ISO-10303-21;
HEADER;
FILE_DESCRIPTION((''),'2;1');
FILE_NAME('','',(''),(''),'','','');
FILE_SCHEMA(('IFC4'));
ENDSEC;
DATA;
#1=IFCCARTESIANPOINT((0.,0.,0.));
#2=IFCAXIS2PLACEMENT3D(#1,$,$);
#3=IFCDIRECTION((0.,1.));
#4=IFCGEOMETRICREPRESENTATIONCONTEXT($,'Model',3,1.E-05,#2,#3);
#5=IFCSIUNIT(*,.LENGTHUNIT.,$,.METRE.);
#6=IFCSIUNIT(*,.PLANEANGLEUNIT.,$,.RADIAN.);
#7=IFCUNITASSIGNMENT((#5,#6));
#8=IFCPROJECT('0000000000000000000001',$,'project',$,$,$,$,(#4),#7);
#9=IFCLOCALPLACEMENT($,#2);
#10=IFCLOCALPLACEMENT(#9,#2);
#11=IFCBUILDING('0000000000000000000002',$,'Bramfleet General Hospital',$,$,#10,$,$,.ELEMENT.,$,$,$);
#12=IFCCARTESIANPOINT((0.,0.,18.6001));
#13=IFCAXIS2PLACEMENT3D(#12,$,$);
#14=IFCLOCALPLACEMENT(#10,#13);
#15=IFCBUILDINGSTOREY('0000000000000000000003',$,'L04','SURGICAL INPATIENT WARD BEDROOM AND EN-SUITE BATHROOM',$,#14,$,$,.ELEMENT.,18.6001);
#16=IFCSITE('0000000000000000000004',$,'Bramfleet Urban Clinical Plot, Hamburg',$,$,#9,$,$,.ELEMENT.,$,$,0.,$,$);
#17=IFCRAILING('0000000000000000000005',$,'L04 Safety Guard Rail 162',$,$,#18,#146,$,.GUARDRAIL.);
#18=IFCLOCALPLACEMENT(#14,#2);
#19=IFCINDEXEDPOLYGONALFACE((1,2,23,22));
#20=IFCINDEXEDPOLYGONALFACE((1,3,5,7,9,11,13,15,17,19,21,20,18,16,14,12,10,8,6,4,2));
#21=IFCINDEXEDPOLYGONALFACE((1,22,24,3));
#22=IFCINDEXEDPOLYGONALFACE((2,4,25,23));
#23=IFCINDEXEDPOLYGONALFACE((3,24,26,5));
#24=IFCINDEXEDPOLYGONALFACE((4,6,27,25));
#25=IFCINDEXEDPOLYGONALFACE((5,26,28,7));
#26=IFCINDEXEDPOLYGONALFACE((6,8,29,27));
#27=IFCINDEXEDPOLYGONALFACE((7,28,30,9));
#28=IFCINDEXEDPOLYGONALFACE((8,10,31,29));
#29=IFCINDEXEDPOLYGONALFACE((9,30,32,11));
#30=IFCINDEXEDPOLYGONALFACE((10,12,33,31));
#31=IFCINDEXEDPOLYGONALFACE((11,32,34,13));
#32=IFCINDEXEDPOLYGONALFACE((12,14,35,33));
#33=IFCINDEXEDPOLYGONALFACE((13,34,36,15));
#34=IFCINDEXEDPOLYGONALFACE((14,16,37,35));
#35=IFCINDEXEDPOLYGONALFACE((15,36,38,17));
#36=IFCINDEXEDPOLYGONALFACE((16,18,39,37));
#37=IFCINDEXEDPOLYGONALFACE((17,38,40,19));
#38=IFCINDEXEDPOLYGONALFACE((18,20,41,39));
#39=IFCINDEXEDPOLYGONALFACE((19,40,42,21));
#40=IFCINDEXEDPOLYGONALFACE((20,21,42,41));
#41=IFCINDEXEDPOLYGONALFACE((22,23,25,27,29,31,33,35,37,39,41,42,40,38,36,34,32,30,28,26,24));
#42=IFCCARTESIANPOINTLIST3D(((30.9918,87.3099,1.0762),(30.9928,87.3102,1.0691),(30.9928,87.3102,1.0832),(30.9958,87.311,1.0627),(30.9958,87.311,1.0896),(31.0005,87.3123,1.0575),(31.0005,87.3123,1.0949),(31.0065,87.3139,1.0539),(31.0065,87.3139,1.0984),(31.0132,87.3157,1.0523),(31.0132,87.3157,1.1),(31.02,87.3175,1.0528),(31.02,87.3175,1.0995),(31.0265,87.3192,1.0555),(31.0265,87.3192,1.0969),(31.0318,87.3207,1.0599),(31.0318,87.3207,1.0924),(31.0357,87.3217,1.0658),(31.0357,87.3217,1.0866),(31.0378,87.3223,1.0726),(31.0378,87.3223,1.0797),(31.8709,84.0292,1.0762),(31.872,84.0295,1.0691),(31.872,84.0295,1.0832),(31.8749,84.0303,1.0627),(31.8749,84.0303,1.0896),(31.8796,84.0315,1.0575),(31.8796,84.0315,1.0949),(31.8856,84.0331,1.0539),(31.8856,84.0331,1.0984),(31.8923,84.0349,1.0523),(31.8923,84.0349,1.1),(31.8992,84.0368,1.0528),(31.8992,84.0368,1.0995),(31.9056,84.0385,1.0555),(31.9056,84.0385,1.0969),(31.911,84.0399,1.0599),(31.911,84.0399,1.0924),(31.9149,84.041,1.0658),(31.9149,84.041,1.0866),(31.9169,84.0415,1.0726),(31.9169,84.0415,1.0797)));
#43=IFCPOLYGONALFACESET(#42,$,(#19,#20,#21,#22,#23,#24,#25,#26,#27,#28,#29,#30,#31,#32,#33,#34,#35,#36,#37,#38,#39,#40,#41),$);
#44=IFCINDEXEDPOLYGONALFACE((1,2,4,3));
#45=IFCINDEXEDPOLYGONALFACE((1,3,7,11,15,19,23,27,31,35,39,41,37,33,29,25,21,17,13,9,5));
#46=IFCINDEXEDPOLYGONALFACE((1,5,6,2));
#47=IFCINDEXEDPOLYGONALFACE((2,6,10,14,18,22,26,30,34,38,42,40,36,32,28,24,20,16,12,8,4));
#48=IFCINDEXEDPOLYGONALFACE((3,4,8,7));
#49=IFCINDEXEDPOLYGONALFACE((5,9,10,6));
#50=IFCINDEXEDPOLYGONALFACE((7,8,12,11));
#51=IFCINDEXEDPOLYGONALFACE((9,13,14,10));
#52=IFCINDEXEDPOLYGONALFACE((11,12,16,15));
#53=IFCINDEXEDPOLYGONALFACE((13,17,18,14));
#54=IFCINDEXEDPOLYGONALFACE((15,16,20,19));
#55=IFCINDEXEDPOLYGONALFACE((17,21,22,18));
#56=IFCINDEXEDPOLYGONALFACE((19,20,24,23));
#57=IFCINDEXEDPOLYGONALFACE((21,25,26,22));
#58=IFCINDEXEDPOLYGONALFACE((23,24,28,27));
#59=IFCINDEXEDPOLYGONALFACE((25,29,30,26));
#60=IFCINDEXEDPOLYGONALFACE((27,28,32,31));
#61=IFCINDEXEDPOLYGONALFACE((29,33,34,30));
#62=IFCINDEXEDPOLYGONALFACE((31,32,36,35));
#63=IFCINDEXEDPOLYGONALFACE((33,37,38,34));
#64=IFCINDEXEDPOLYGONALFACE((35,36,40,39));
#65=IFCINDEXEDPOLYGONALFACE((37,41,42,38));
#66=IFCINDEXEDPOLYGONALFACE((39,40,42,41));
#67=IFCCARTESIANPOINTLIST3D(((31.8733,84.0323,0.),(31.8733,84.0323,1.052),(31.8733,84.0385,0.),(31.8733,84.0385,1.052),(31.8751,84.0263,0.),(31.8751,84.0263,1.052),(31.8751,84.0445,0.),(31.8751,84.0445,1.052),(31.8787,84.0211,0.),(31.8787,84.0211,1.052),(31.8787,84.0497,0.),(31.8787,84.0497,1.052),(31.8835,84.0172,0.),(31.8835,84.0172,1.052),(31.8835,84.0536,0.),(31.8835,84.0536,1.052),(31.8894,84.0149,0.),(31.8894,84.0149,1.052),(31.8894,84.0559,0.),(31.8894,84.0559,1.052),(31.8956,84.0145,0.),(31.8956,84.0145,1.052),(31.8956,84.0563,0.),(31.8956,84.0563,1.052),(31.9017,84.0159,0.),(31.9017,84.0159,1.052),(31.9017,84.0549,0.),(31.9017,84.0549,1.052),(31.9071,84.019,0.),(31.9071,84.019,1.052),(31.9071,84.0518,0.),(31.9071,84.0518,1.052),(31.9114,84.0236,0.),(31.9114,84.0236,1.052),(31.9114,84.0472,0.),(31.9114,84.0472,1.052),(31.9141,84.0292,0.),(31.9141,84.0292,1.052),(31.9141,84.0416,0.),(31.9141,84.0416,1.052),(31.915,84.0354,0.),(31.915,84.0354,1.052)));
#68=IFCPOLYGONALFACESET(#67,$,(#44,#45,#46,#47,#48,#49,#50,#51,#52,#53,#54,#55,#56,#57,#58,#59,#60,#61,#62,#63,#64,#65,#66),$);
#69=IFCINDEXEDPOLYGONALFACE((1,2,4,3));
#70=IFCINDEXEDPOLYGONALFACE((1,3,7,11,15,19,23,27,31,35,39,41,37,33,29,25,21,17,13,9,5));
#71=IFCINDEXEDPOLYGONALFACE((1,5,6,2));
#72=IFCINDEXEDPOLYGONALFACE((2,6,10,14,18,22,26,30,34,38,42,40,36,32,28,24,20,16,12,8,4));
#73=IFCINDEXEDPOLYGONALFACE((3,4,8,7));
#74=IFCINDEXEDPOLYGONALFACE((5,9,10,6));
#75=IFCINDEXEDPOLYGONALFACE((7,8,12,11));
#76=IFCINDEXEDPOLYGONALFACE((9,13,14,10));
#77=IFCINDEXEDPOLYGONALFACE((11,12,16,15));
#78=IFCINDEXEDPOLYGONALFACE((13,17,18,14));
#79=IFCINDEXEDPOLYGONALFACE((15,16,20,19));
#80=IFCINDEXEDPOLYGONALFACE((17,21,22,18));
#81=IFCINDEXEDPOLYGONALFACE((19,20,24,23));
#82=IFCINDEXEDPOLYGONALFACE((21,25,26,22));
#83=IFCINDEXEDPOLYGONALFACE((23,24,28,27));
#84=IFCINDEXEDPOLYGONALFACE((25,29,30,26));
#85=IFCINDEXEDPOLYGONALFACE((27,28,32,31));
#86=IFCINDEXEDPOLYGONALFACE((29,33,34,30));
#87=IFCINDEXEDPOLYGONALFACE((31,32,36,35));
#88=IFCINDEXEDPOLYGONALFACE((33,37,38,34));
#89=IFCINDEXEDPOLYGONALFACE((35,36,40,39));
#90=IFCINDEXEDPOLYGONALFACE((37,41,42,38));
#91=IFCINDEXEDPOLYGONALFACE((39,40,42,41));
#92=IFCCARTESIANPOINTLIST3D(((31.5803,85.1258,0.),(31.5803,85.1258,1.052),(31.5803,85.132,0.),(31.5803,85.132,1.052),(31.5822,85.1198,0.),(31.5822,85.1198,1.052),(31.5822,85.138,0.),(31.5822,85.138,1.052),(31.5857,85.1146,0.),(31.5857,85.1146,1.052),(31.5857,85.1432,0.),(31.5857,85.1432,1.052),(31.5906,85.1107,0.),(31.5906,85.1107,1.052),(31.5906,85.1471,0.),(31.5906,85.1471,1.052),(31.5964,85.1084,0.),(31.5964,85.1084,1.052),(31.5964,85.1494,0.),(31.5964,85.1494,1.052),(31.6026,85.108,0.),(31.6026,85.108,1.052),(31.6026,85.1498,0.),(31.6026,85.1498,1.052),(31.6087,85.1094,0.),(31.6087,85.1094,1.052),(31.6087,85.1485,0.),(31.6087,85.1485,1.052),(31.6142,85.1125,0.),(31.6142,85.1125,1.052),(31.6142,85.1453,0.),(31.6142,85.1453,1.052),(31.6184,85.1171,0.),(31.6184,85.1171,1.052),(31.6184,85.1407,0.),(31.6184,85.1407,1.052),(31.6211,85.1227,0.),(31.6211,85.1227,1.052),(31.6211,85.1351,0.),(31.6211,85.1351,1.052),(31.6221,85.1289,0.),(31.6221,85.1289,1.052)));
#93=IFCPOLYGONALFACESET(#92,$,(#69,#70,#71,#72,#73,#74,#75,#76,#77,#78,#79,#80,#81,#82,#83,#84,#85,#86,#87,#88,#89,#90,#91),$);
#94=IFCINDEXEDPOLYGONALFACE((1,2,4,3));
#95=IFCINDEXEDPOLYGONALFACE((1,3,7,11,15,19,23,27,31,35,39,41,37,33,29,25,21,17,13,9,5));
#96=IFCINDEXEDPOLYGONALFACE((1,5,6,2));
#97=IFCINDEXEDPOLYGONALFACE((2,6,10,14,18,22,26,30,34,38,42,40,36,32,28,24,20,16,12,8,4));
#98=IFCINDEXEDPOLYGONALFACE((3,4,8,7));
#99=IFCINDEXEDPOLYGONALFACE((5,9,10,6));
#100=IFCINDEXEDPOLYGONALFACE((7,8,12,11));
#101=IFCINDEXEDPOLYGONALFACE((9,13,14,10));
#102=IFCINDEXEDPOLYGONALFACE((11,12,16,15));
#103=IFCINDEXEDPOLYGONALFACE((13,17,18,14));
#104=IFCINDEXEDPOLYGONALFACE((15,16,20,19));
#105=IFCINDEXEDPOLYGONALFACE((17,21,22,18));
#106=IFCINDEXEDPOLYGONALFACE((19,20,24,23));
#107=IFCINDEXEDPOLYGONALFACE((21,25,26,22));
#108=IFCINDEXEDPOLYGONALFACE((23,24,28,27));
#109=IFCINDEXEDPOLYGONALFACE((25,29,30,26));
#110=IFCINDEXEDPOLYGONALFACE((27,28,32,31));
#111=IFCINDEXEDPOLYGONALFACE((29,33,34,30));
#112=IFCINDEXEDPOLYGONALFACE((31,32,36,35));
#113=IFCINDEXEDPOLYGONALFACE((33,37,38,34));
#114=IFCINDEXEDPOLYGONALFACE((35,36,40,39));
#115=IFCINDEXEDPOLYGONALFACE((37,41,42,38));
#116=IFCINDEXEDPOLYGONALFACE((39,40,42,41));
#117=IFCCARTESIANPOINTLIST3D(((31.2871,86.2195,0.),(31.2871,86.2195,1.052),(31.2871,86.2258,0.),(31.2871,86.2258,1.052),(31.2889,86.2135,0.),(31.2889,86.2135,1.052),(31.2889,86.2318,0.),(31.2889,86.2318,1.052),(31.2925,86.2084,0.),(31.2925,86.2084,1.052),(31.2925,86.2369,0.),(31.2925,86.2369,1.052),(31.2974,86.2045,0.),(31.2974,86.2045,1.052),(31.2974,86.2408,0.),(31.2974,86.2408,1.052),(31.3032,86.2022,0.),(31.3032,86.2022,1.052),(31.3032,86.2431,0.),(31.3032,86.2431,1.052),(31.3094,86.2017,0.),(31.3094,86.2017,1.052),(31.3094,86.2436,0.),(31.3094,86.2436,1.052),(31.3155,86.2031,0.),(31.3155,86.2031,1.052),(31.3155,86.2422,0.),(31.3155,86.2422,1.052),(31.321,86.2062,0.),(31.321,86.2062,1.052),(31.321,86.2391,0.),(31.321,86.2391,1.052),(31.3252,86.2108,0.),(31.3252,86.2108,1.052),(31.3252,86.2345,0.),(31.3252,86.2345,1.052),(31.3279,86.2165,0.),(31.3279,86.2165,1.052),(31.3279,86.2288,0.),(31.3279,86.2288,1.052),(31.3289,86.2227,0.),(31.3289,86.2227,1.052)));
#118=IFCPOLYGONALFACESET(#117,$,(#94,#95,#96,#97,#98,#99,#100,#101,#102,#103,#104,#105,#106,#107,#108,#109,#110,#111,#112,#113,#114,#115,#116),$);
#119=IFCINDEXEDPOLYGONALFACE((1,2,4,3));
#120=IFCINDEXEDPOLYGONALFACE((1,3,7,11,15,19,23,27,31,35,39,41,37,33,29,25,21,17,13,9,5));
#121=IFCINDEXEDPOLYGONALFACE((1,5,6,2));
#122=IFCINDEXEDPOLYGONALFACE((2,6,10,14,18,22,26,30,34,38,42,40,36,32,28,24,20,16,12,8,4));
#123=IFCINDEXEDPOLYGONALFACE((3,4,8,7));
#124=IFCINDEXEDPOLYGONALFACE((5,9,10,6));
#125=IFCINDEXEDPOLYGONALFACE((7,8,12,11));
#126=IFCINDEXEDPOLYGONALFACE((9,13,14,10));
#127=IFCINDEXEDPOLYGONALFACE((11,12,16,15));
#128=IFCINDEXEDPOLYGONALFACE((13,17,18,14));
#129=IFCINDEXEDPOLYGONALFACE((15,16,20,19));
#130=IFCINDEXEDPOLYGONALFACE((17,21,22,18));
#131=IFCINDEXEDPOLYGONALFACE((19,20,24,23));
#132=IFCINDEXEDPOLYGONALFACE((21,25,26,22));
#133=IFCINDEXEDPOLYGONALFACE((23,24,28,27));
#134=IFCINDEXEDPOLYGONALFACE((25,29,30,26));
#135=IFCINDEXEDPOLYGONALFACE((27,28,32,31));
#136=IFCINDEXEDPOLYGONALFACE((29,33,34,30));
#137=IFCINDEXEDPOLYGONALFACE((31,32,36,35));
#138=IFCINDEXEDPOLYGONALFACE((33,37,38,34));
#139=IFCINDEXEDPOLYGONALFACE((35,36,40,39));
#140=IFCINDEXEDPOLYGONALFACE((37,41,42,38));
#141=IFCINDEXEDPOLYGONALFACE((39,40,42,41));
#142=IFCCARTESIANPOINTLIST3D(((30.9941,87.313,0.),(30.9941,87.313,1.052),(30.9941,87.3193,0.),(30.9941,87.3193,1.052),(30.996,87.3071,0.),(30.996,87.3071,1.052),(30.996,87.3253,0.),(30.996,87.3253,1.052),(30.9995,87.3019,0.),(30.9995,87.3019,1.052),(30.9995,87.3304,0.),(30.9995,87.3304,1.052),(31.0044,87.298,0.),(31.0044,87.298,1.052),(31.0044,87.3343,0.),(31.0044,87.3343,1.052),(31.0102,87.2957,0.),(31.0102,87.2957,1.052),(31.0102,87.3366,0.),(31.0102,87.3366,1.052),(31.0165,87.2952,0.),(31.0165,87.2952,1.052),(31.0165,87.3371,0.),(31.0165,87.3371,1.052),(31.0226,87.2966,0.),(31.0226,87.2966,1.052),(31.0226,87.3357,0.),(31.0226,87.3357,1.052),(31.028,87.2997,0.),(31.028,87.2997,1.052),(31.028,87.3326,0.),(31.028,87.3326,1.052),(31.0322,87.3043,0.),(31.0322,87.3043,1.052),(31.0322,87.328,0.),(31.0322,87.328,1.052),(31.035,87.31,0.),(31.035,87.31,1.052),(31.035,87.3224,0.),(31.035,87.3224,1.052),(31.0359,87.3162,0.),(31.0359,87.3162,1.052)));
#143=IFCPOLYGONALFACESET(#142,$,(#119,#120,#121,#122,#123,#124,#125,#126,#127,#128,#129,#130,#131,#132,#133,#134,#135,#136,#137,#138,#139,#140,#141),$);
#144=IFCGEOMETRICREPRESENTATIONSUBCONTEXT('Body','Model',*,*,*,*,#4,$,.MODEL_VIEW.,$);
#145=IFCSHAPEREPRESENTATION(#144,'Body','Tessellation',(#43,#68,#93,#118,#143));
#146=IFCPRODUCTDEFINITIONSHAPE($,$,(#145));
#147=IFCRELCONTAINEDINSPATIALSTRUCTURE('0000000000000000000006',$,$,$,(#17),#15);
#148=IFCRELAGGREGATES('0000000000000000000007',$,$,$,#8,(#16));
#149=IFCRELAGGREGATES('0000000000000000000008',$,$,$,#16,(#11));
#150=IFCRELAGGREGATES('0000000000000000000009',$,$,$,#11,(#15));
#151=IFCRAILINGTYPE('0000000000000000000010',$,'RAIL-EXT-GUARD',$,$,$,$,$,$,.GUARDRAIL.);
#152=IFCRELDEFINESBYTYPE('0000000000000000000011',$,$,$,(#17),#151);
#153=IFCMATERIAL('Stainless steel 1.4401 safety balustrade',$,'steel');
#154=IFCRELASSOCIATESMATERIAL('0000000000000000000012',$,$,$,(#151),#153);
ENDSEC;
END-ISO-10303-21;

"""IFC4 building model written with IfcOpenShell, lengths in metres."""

from ifc_helpers import new_model, si_unit, direction, frame, origin, origin_2d, place, context, subcontext, project, spatial, circle, extrude, material, type_object, element, save


model = new_model("IFC4")

# Units and contexts
model_context = context("Model", 3, precision=1e-05, world=origin(), true_north=direction((0.0, 1.0)))
body_context = subcontext(model_context, "Body", "Model", "MODEL_VIEW")
ifc_project = project(units=[si_unit("LENGTHUNIT", "METRE"), si_unit("PLANEANGLEUNIT", "RADIAN")], contexts=[model_context])

# Site, building, storey
site_placement = place(None, origin())
site = spatial("IfcSite", under=ifc_project, at=site_placement, Name="Bramfleet Urban Clinical Plot, Hamburg", CompositionType="ELEMENT", RefElevation=0.0)
building_placement = place(site_placement, origin())
building = spatial("IfcBuilding", under=site, at=building_placement, Name="Bramfleet General Hospital", CompositionType="ELEMENT")
storey_placement = place(building_placement, frame((0.0, 0.0, 18.6001)))
storey = spatial("IfcBuildingStorey", under=building, at=storey_placement, Name="L04", Description="SURGICAL INPATIENT WARD BEDROOM AND EN-SUITE BATHROOM", CompositionType="ELEMENT", Elevation=18.6001)

# Railing
ifc_material_1 = material(Name="Stainless steel 1.4401 safety balustrade", Category="steel")
railing_type = type_object("IfcRailingType", Name="RAIL-EXT-GUARD", PredefinedType="GUARDRAIL", material=ifc_material_1)
railing_1_placement = place(storey_placement, frame((31.894, 84.0354, 0.0)))
element("IfcRailing", 1, at=railing_1_placement, inside=storey, type_object=railing_type, Name="L04 Safety Guard Rail 162", PredefinedType="GUARDRAIL", context=body_context, shape_type="SweptSolid", body=[
    extrude(circle(Radius=0.0239, at=origin_2d()), frame((0.0, 0.0, 1.0762), z_axis=(-0.258839, 0.96592, 0.0), x_axis=(-0.96592, -0.258839, 0.0)), (0.0, 0.0, 1.0), 3.3965),
    extrude(circle(Radius=0.021, at=origin_2d()), origin(), (0.0, 0.0, 1.0), 1.052),
    extrude(circle(Radius=0.021, at=origin_2d()), frame((-0.293, 1.0935, 0.0)), (0.0, 0.0, 1.0), 1.052),
    extrude(circle(Radius=0.021, at=origin_2d()), frame((-0.5862, 2.1873, 0.0)), (0.0, 0.0, 1.0), 1.052),
    extrude(circle(Radius=0.021, at=origin_2d()), frame((-0.8792, 3.2808, 0.0)), (0.0, 0.0, 1.0), 1.052),
])

save(model, "model.ifc")
